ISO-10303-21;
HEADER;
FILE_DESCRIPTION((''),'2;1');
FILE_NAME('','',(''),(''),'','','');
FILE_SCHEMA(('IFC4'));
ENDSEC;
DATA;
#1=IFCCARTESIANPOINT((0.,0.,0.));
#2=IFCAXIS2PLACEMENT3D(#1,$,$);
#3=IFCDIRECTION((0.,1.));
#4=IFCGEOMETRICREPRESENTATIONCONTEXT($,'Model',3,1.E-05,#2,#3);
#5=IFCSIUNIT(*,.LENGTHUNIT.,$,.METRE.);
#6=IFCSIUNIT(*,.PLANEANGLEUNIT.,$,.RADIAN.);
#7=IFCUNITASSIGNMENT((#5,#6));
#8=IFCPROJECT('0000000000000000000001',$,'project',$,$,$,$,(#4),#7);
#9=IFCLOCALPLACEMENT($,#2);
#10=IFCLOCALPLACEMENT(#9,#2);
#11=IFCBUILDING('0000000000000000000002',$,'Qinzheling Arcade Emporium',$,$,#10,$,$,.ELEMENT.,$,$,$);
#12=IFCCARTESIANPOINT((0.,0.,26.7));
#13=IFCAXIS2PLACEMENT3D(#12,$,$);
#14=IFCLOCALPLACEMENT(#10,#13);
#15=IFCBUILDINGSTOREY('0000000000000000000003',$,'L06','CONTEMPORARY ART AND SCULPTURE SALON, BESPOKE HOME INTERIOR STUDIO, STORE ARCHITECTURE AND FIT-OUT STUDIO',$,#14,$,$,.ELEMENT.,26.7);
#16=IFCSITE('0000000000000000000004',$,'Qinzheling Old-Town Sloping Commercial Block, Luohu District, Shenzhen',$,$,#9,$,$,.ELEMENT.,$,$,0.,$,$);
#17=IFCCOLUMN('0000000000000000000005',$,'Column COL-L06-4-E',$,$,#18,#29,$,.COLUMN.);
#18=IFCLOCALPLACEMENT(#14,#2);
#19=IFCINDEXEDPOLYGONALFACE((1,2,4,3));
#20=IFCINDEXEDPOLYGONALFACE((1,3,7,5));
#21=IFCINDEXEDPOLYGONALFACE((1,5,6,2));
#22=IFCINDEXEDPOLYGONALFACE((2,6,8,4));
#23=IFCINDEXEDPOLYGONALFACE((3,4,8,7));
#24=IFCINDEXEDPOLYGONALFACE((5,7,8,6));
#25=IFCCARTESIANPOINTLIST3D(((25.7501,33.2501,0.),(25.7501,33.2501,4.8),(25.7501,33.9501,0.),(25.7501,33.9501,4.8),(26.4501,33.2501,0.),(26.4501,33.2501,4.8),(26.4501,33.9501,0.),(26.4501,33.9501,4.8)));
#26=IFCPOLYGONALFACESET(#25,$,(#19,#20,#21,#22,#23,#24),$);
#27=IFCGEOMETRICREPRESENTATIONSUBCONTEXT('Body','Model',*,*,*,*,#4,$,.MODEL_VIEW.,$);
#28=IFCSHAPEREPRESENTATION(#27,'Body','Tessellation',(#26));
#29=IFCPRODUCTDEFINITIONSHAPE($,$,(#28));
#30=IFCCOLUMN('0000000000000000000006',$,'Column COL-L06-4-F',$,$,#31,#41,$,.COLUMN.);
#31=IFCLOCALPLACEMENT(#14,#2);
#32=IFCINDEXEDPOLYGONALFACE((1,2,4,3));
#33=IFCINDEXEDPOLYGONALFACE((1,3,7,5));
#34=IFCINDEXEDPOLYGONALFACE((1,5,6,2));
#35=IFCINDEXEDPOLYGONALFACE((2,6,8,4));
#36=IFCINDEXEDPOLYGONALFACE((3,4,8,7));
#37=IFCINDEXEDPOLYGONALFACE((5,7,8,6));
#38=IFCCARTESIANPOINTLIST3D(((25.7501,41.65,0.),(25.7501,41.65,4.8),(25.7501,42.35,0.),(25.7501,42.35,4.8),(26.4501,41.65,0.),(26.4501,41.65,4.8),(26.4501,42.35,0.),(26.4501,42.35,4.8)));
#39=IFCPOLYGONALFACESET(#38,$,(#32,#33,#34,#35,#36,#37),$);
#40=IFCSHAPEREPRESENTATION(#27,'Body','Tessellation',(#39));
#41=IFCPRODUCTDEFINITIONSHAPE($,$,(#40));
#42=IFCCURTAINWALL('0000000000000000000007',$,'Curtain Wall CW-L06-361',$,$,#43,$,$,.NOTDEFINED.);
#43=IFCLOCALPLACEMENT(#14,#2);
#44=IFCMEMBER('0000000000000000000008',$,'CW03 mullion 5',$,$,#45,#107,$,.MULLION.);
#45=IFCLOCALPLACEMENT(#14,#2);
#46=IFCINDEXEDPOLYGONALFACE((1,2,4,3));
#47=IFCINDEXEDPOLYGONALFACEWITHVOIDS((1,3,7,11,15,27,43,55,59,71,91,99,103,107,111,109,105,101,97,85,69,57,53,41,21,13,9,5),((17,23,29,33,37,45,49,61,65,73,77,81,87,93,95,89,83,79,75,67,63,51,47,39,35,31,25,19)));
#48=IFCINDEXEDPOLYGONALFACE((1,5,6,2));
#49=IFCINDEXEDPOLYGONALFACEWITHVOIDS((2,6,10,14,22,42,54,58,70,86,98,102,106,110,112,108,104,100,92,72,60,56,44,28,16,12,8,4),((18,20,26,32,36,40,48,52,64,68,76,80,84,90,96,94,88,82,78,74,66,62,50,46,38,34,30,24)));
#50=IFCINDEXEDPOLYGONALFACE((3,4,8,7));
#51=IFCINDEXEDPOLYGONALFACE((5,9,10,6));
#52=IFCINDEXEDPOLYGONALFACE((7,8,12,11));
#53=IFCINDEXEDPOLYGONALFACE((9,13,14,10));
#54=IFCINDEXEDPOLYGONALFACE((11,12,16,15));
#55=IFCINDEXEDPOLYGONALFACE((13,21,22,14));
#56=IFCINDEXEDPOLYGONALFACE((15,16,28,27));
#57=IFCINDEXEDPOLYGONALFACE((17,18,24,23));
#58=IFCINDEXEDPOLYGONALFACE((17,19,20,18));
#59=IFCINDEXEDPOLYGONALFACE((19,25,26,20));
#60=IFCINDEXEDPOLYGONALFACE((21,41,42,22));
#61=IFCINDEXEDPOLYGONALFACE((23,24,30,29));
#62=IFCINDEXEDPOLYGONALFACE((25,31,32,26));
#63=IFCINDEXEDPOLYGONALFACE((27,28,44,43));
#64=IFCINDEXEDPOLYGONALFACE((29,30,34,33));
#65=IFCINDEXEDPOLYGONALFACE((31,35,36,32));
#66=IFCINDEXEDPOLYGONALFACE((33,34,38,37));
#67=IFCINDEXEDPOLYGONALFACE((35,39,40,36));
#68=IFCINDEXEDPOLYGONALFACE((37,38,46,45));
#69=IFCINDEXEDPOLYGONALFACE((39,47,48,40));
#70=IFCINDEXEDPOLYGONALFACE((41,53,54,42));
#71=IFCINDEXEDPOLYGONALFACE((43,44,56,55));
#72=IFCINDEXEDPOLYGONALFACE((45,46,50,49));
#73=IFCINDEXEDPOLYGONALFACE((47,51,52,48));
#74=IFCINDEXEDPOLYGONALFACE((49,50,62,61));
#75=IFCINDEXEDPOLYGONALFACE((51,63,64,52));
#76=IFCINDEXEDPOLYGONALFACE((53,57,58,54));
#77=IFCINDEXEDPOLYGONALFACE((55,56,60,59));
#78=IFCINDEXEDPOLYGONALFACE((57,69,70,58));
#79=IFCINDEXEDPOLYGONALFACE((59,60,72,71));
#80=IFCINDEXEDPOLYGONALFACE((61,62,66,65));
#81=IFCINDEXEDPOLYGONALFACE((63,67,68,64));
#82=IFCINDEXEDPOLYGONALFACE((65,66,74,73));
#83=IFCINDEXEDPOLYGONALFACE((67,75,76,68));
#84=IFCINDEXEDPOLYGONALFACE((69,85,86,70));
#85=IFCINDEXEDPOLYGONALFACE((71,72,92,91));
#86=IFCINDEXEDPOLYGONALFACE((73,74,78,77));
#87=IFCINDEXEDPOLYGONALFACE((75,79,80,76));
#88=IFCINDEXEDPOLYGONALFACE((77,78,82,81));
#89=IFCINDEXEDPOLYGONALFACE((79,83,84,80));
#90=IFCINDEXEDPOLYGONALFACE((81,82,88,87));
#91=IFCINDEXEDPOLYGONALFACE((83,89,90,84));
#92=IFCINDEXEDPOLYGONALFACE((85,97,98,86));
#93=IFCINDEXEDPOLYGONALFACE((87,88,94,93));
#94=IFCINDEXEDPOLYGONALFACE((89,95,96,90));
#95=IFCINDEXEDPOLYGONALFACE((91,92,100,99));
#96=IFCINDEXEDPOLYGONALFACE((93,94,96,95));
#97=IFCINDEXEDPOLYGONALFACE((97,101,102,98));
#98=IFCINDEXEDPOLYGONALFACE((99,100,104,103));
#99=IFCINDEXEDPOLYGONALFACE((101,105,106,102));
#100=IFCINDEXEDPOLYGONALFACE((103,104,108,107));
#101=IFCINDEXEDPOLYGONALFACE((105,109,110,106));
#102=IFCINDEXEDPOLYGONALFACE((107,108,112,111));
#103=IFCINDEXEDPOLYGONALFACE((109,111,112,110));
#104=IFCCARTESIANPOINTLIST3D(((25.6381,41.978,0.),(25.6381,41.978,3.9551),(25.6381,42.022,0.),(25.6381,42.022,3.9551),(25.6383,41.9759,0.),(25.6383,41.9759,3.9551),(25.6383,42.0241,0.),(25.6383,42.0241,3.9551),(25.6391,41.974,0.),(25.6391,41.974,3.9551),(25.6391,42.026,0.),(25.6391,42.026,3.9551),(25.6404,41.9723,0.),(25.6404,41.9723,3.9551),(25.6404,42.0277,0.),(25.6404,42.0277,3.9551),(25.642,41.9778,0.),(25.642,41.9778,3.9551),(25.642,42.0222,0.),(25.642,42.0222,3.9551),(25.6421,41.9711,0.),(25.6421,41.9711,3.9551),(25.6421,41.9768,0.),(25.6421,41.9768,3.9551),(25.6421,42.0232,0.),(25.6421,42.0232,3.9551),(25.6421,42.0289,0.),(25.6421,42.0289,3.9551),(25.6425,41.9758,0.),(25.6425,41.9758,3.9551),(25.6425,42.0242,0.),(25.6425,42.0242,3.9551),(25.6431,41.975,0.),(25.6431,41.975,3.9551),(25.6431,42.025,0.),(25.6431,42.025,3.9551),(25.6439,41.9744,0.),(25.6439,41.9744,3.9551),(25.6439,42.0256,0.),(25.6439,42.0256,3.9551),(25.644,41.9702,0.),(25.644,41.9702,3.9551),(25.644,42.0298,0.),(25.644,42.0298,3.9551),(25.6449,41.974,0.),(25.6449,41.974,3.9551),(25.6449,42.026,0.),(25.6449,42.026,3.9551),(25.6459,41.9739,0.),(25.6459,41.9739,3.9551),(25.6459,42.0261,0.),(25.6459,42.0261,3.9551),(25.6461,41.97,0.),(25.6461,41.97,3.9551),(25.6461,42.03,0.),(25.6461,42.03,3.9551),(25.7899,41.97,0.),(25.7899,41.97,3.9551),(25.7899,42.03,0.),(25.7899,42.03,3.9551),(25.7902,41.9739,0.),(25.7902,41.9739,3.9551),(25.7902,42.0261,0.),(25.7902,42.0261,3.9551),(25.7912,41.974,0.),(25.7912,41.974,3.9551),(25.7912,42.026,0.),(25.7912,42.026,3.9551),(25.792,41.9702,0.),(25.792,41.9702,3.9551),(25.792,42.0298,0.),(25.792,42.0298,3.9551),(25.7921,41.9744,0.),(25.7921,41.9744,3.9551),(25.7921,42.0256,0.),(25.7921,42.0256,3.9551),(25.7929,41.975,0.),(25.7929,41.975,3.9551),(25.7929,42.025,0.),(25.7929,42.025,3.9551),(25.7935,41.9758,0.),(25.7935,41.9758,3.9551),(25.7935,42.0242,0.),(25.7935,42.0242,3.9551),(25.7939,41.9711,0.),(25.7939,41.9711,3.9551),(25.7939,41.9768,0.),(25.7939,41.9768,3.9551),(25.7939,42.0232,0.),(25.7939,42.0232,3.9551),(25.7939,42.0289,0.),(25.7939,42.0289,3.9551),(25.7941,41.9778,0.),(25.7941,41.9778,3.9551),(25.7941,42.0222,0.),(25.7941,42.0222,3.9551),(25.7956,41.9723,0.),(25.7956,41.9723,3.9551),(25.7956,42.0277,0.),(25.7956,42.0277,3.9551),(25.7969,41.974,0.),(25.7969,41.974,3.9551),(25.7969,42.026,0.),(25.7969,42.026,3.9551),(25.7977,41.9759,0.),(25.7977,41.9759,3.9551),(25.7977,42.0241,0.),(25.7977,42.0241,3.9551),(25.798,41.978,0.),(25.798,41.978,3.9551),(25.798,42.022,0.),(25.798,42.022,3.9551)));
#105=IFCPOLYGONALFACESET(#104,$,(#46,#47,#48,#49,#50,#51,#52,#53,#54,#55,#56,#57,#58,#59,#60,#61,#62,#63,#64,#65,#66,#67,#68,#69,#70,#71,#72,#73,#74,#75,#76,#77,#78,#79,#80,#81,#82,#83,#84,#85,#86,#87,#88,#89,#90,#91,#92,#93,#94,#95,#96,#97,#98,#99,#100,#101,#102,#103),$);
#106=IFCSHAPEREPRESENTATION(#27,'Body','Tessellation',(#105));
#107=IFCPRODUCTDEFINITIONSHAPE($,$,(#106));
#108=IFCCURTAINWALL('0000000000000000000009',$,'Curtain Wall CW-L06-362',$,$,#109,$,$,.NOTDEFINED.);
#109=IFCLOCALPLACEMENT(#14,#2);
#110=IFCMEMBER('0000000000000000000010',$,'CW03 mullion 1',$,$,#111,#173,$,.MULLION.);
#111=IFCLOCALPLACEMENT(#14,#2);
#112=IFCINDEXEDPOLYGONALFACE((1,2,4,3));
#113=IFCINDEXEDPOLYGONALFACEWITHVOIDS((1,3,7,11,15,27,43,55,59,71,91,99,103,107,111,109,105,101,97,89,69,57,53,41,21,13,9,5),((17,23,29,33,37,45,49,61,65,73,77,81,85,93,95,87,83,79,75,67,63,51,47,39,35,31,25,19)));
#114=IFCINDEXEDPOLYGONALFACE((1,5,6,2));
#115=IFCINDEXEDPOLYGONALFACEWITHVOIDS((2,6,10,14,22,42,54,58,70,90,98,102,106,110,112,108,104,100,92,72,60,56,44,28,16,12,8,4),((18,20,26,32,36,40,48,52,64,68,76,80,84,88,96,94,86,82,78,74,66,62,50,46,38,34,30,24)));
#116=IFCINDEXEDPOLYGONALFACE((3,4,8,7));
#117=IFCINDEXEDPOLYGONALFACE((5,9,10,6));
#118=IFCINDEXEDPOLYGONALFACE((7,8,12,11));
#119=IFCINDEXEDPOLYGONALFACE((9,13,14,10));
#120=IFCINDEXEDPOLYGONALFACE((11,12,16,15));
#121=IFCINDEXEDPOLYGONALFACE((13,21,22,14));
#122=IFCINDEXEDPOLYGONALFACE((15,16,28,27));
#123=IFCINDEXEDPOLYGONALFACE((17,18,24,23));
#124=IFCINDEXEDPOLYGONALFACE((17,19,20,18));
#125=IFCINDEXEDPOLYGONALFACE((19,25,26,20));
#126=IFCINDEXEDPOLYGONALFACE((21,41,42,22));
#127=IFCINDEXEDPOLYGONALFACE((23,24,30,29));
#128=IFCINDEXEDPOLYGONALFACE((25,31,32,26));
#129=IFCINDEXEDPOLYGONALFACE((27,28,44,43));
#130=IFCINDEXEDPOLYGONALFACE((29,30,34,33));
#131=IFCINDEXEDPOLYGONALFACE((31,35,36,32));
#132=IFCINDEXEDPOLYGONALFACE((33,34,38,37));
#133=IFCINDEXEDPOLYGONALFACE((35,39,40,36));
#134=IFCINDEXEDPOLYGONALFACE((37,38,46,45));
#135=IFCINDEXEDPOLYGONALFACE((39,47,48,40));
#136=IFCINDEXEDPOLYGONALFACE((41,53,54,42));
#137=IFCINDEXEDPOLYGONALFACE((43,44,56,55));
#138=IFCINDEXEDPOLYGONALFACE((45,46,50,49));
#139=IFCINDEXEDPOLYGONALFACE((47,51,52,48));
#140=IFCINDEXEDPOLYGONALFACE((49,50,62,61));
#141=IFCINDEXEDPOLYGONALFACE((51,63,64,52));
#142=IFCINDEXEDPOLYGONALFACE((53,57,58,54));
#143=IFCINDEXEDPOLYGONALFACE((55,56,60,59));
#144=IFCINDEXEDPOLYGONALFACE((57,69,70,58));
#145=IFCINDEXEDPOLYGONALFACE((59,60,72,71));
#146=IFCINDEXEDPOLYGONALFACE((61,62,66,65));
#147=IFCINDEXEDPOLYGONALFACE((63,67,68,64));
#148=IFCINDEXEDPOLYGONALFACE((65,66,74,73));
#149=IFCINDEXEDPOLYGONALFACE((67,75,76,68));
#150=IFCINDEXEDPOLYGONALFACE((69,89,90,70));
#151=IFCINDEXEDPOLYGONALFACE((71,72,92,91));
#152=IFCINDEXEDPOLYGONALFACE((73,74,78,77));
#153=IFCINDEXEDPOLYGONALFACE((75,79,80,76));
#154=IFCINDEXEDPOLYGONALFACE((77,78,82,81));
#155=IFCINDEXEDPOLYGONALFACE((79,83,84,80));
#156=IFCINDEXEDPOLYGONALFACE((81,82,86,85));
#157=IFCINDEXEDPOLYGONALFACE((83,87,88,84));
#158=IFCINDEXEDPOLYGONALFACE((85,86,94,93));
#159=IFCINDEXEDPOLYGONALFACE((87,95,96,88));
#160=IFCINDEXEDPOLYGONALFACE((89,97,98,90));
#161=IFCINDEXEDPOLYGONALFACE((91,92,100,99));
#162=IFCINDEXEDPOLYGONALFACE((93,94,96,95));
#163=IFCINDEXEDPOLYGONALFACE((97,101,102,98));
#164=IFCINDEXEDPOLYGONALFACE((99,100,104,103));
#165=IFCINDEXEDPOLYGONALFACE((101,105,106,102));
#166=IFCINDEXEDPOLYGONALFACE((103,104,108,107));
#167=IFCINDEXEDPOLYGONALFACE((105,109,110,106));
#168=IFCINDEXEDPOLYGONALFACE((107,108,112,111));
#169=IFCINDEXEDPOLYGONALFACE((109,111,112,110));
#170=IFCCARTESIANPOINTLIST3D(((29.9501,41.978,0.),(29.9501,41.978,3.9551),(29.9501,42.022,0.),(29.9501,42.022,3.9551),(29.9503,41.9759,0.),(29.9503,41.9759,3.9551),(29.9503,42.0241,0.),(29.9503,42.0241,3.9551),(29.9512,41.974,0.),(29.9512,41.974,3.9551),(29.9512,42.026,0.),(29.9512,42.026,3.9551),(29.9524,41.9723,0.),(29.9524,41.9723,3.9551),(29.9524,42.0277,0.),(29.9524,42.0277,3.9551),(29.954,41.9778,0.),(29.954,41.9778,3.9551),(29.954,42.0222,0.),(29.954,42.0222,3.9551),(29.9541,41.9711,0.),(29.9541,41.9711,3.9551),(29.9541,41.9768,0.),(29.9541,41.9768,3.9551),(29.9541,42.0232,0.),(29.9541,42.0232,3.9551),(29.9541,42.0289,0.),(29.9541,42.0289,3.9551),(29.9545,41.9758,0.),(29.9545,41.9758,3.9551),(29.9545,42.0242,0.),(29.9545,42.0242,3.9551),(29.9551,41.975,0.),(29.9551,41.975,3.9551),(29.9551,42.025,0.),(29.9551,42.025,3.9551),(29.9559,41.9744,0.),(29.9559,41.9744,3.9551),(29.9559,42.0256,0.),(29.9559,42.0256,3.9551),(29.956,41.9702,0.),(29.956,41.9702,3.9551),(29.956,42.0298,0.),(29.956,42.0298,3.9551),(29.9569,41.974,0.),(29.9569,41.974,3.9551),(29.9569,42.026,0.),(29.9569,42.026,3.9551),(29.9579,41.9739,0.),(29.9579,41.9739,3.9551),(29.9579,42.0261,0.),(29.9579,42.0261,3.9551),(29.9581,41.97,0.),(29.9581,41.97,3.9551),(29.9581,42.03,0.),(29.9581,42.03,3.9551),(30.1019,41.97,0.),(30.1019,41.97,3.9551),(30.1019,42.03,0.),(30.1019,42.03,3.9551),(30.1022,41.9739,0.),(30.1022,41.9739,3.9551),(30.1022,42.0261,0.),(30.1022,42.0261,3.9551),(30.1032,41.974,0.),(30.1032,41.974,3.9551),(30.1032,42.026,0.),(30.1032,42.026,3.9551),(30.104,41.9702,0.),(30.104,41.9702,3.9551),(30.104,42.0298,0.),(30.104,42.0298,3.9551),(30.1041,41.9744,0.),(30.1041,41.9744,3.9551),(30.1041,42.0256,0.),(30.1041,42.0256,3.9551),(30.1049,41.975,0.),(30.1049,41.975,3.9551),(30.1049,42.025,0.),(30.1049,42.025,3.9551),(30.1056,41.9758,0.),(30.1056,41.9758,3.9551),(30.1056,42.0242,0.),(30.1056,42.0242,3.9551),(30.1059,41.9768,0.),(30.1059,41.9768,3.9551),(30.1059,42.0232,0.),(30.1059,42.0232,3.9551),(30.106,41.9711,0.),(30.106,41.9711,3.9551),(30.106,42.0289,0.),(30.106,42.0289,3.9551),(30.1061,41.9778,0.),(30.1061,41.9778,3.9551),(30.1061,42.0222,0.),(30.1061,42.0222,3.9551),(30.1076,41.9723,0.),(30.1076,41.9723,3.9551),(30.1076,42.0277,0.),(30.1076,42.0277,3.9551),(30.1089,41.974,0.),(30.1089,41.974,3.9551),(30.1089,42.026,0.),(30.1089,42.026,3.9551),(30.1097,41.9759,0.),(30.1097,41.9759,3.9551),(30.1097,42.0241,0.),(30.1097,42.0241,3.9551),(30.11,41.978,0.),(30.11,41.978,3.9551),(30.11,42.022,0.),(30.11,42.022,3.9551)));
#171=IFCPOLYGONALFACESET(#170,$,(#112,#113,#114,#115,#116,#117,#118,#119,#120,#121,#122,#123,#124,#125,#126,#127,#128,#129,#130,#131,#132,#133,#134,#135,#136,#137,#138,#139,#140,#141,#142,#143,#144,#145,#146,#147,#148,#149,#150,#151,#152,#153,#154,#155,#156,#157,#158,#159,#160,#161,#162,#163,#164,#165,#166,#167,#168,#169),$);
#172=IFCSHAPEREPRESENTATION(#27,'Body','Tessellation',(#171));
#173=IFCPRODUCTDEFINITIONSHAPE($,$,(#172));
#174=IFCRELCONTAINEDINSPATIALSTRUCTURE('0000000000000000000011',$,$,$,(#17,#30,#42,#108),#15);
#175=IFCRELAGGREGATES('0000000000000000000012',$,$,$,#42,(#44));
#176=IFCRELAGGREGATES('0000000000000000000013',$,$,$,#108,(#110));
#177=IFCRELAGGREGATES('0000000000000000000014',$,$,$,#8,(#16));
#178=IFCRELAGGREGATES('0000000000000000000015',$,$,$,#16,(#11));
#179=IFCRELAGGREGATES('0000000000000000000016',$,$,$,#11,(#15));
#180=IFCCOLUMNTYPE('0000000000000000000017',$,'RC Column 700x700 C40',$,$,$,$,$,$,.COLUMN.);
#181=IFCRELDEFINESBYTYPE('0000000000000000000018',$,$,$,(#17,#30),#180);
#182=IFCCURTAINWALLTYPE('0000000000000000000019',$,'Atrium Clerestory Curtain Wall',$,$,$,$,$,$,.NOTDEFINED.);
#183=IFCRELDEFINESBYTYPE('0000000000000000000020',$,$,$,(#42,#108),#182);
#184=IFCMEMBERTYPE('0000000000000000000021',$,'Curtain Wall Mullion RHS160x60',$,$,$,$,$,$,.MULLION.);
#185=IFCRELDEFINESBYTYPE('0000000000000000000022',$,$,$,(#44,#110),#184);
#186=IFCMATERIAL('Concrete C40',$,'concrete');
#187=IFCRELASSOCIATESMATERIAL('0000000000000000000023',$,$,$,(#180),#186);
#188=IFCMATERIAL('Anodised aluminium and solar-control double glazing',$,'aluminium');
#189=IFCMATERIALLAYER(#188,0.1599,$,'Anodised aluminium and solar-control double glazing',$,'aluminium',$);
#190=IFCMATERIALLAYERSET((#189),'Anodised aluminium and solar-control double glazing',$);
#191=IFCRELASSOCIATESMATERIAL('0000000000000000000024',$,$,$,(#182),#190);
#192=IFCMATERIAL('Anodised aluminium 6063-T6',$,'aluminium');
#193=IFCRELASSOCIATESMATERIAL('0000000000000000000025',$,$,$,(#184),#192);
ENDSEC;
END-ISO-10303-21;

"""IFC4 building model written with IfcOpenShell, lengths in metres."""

from ifc_helpers import new_model, si_unit, direction, frame, origin, origin_2d, place, context, subcontext, project, spatial, rectangle, hollow_rectangle, extrude, material, layer, layer_set, material_profile, profile_set, type_object, element, aggregate, save


model = new_model("IFC4")

# Units and contexts
model_context = context("Model", 3, precision=1e-05, world=origin(), true_north=direction((0.0, 1.0)))
body_context = subcontext(model_context, "Body", "Model", "MODEL_VIEW")
ifc_project = project(units=[si_unit("LENGTHUNIT", "METRE"), si_unit("PLANEANGLEUNIT", "RADIAN")], contexts=[model_context])

# Site, building, storey
site_placement = place(None, origin())
site = spatial("IfcSite", under=ifc_project, at=site_placement, Name="Qinzheling Old-Town Sloping Commercial Block, Luohu District, Shenzhen", CompositionType="ELEMENT", RefElevation=0.0)
building_placement = place(site_placement, origin())
building = spatial("IfcBuilding", under=site, at=building_placement, Name="Qinzheling Arcade Emporium", CompositionType="ELEMENT")
storey_placement = place(building_placement, frame((0.0, 0.0, 26.7)))
storey = spatial("IfcBuildingStorey", under=building, at=storey_placement, Name="L06", Description="CONTEMPORARY ART AND SCULPTURE SALON, BESPOKE HOME INTERIOR STUDIO, STORE ARCHITECTURE AND FIT-OUT STUDIO", CompositionType="ELEMENT", Elevation=26.7)

# Columns
ifc_material_1 = material(Name="Concrete C40", Category="concrete")
ifc_material_profile_1 = material_profile(ifc_material_1, rectangle(XDim=0.7, YDim=0.7, at=origin_2d()), Name="RC 700x700", Category="concrete")
ifc_profile_set_1 = profile_set([ifc_material_profile_1], Name="Concrete C40")
column_type = type_object("IfcColumnType", Name="RC Column 700x700 C40", PredefinedType="COLUMN", material=ifc_profile_set_1)
for number, where, z_axis, x_axis, name in (
    (1, (26.1001, 33.6001, 0.0), (0.0, 0.0, 1.0), (1.0, 0.0, 0.0), "Column COL-L06-4-E"),
    (2, (26.1001, 42.0, 0.0), (0.0, 0.0, 1.0), (1.0, 0.0, 0.0), "Column COL-L06-4-F"),
):
    element("IfcColumn", number, at=place(storey_placement, frame(where, z_axis=z_axis, x_axis=x_axis)), inside=storey, type_object=column_type, Name=name, PredefinedType="COLUMN", context=body_context, shape_type="SweptSolid", body=[
        extrude(rectangle(XDim=0.7, YDim=0.7, at=origin_2d()), origin(), (0.0, 0.0, 1.0), 4.8),
    ])

# Curtain wall, member
ifc_material_2 = material(Name="Anodised aluminium and solar-control double glazing", Category="aluminium")
ifc_layer_1 = layer(ifc_material_2, 0.1599, Name="Anodised aluminium and solar-control double glazing", Category="aluminium")
ifc_layer_set_1 = layer_set([ifc_layer_1], Name="Anodised aluminium and solar-control double glazing")
curtain_wall_type = type_object("IfcCurtainWallType", Name="Atrium Clerestory Curtain Wall", PredefinedType="NOTDEFINED", material=ifc_layer_set_1)
curtain_wall_1_placement = place(storey_placement, origin())
curtain_wall_1 = element("IfcCurtainWall", 3, at=curtain_wall_1_placement, inside=storey, type_object=curtain_wall_type, Name="Curtain Wall CW-L06-361", PredefinedType="NOTDEFINED")
ifc_material_3 = material(Name="Anodised aluminium 6063-T6", Category="aluminium")
ifc_material_profile_2 = material_profile(ifc_material_3, hollow_rectangle(XDim=0.0601, YDim=0.1599, WallThickness=0.0039, InnerFilletRadius=0.0039, OuterFilletRadius=0.0081, at=origin_2d()), Name="RHS 160x60x4", Category="aluminium")
ifc_profile_set_2 = profile_set([ifc_material_profile_2], Name="Anodised aluminium 6063-T6")
member_type_1 = type_object("IfcMemberType", Name="Curtain Wall Mullion RHS160x60", PredefinedType="MULLION", material=ifc_profile_set_2)
member_1_placement = place(storey_placement, frame((25.718, 42.0, 0.0), z_axis=(0.0, 0.0, 1.0), x_axis=(0.0, 1.0, 0.0)))
member_1 = element("IfcMember", 4, at=member_1_placement, type_object=member_type_1, Name="CW03 mullion 5", PredefinedType="MULLION", context=body_context, shape_type="SweptSolid", body=[
    extrude(hollow_rectangle(XDim=0.0601, YDim=0.1599, WallThickness=0.0039, InnerFilletRadius=0.0039, OuterFilletRadius=0.0081, at=origin_2d()), origin(), (0.0, 0.0, 1.0), 3.9551),
])

# Curtain wall, member
curtain_wall_2_placement = place(storey_placement, origin())
curtain_wall_2 = element("IfcCurtainWall", 5, at=curtain_wall_2_placement, inside=storey, type_object=curtain_wall_type, Name="Curtain Wall CW-L06-362", PredefinedType="NOTDEFINED")
member_2_placement = place(storey_placement, frame((30.03, 42.0, 0.0), z_axis=(0.0, 0.0, 1.0), x_axis=(0.0, 1.0, 0.0)))
member_2 = element("IfcMember", 6, at=member_2_placement, type_object=member_type_1, Name="CW03 mullion 1", PredefinedType="MULLION", context=body_context, shape_type="SweptSolid", body=[
    extrude(hollow_rectangle(XDim=0.0601, YDim=0.1599, WallThickness=0.0039, InnerFilletRadius=0.0039, OuterFilletRadius=0.0081, at=origin_2d()), origin(), (0.0, 0.0, 1.0), 3.9551),
])

aggregate(curtain_wall_1, [member_1])
aggregate(curtain_wall_2, [member_2])

save(model, "model.ifc")
